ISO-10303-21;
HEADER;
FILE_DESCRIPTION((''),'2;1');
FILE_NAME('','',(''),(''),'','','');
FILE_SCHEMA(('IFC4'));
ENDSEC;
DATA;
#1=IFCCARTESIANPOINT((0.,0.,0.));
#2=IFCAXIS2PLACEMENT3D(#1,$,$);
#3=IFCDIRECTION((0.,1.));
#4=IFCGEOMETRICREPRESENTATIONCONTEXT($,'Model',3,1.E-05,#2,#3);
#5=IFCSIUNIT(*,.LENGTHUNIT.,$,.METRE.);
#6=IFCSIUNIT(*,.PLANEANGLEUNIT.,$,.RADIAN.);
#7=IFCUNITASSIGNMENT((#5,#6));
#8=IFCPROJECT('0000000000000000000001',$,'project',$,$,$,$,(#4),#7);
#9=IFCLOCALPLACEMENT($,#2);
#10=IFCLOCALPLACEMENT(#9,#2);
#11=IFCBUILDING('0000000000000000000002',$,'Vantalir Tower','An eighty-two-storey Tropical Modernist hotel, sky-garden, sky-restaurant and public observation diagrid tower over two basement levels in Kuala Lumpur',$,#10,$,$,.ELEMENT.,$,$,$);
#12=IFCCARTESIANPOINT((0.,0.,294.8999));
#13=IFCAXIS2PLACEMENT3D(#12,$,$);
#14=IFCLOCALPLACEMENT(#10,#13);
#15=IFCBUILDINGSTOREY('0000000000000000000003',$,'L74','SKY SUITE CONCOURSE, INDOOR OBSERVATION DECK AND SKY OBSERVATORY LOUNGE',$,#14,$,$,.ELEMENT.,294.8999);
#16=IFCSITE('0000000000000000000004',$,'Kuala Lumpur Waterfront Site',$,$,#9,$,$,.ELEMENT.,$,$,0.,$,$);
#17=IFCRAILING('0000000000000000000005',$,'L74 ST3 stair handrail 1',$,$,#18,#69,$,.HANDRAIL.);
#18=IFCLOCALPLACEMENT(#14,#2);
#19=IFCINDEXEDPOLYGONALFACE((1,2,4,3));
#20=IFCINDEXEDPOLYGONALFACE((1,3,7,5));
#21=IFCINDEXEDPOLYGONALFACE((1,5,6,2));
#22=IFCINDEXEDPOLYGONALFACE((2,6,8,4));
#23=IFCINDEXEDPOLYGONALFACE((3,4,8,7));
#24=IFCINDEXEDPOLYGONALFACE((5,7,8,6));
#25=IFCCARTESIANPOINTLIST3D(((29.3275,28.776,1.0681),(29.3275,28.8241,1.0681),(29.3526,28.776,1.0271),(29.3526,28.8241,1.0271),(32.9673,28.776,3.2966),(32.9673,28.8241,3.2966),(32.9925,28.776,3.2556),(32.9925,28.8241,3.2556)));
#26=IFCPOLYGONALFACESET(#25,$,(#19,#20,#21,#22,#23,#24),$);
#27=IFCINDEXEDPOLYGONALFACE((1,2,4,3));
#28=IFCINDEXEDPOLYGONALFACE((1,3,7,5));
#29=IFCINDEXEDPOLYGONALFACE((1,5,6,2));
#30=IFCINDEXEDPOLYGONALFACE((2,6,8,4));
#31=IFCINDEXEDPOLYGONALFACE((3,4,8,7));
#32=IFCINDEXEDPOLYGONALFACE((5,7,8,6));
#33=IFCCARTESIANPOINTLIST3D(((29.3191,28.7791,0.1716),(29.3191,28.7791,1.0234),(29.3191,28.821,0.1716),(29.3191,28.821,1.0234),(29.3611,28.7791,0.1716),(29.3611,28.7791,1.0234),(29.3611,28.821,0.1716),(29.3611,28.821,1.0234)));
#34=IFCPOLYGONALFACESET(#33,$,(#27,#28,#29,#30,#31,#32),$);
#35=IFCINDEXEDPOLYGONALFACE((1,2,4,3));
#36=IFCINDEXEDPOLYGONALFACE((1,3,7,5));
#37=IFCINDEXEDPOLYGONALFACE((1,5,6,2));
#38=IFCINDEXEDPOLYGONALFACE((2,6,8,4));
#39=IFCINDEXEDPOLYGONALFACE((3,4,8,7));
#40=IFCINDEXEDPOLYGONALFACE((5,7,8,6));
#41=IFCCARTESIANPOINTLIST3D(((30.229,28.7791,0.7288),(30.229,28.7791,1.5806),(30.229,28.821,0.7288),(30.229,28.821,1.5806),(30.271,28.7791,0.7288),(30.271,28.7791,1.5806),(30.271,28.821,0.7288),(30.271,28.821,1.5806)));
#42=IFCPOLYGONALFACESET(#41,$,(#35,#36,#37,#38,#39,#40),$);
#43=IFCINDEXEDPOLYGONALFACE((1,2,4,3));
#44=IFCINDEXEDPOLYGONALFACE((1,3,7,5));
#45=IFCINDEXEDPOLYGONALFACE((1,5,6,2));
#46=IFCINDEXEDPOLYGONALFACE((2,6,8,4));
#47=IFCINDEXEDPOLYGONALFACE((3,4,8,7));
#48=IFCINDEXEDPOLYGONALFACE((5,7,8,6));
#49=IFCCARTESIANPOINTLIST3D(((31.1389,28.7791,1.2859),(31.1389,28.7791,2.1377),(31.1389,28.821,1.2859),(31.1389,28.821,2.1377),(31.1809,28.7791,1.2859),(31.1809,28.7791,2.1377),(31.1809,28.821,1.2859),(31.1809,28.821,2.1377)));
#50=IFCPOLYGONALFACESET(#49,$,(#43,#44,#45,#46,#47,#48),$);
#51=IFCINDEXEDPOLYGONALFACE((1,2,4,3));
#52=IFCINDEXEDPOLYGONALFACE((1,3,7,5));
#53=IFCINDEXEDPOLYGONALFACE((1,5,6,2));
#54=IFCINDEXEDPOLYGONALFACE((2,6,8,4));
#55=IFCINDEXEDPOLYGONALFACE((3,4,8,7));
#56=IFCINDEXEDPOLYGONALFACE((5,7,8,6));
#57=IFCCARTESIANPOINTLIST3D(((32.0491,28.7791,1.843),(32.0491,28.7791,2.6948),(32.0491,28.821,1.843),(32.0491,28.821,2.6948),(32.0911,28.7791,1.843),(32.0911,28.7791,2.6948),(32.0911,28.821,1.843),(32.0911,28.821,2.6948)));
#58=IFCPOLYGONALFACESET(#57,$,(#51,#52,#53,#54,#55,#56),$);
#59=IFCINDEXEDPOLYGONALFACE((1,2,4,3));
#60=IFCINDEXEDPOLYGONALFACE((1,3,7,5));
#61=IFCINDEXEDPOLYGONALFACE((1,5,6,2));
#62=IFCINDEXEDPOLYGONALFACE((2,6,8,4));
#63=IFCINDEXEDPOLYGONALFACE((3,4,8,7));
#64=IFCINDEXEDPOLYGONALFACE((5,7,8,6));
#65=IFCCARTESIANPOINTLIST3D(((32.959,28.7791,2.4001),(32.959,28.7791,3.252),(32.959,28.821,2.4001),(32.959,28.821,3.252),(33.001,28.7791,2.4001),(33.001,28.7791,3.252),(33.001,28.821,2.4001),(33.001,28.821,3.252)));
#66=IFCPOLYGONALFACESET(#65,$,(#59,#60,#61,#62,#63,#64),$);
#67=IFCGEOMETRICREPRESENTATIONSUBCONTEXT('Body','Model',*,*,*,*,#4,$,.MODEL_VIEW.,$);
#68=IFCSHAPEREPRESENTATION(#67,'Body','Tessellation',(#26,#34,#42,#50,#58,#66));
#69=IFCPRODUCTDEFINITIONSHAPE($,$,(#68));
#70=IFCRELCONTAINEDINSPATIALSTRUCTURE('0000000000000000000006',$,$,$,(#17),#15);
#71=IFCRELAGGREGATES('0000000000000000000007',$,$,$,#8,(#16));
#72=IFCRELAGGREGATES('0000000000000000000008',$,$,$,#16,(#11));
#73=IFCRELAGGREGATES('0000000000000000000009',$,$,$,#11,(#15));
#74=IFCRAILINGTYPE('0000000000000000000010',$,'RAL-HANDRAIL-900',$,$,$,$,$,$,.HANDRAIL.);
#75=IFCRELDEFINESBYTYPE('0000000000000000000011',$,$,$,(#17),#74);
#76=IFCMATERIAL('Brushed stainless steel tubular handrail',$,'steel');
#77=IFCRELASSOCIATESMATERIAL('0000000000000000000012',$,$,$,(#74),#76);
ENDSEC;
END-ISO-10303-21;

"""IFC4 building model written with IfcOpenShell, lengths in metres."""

from ifc_helpers import new_model, si_unit, direction, frame, origin, origin_2d, place, context, subcontext, project, spatial, rectangle, extrude, material, type_object, element, save


model = new_model("IFC4")

# Units and contexts
model_context = context("Model", 3, precision=1e-05, world=origin(), true_north=direction((0.0, 1.0)))
body_context = subcontext(model_context, "Body", "Model", "MODEL_VIEW")
ifc_project = project(units=[si_unit("LENGTHUNIT", "METRE"), si_unit("PLANEANGLEUNIT", "RADIAN")], contexts=[model_context])

# Site, building, storey
site_placement = place(None, origin())
site = spatial("IfcSite", under=ifc_project, at=site_placement, Name="Kuala Lumpur Waterfront Site", CompositionType="ELEMENT", RefElevation=0.0)
building_placement = place(site_placement, origin())
building = spatial("IfcBuilding", under=site, at=building_placement, Name="Vantalir Tower", Description="An eighty-two-storey Tropical Modernist hotel, sky-garden, sky-restaurant and public observation diagrid tower over two basement levels in Kuala Lumpur", CompositionType="ELEMENT")
storey_placement = place(building_placement, frame((0.0, 0.0, 294.8999)))
storey = spatial("IfcBuildingStorey", under=building, at=storey_placement, Name="L74", Description="SKY SUITE CONCOURSE, INDOOR OBSERVATION DECK AND SKY OBSERVATORY LOUNGE", CompositionType="ELEMENT", Elevation=294.8999)

# Railing
ifc_material_1 = material(Name="Brushed stainless steel tubular handrail", Category="steel")
railing_type_1 = type_object("IfcRailingType", Name="RAL-HANDRAIL-900", PredefinedType="HANDRAIL", material=ifc_material_1)
railing_1_placement = place(storey_placement, frame((29.3401, 28.8, 0.1716)))
element("IfcRailing", 1, at=railing_1_placement, inside=storey, type_object=railing_type_1, Name="L74 ST3 stair handrail 1", PredefinedType="HANDRAIL", context=body_context, shape_type="SweptSolid", body=[
    extrude(rectangle(XDim=0.0481, YDim=0.0481, at=origin_2d()), frame((0.0, 0.0, 0.876), z_axis=(0.85285, 0.0, 0.522156), x_axis=(0.0, 1.0, 0.0)), (0.0, 0.0, 1.0), 4.2678),
    extrude(rectangle(XDim=0.042, YDim=0.042, at=origin_2d()), origin(), (0.0, 0.0, 1.0), 0.8518),
    extrude(rectangle(XDim=0.042, YDim=0.042, at=origin_2d()), frame((0.9099, 0.0, 0.5571)), (0.0, 0.0, 1.0), 0.8518),
    extrude(rectangle(XDim=0.042, YDim=0.042, at=origin_2d()), frame((1.8198, 0.0, 1.1143)), (0.0, 0.0, 1.0), 0.8518),
    extrude(rectangle(XDim=0.042, YDim=0.042, at=origin_2d()), frame((2.73, 0.0, 1.6714)), (0.0, 0.0, 1.0), 0.8518),
    extrude(rectangle(XDim=0.042, YDim=0.042, at=origin_2d()), frame((3.6399, 0.0, 2.2285)), (0.0, 0.0, 1.0), 0.8518),
])

save(model, "model.ifc")
